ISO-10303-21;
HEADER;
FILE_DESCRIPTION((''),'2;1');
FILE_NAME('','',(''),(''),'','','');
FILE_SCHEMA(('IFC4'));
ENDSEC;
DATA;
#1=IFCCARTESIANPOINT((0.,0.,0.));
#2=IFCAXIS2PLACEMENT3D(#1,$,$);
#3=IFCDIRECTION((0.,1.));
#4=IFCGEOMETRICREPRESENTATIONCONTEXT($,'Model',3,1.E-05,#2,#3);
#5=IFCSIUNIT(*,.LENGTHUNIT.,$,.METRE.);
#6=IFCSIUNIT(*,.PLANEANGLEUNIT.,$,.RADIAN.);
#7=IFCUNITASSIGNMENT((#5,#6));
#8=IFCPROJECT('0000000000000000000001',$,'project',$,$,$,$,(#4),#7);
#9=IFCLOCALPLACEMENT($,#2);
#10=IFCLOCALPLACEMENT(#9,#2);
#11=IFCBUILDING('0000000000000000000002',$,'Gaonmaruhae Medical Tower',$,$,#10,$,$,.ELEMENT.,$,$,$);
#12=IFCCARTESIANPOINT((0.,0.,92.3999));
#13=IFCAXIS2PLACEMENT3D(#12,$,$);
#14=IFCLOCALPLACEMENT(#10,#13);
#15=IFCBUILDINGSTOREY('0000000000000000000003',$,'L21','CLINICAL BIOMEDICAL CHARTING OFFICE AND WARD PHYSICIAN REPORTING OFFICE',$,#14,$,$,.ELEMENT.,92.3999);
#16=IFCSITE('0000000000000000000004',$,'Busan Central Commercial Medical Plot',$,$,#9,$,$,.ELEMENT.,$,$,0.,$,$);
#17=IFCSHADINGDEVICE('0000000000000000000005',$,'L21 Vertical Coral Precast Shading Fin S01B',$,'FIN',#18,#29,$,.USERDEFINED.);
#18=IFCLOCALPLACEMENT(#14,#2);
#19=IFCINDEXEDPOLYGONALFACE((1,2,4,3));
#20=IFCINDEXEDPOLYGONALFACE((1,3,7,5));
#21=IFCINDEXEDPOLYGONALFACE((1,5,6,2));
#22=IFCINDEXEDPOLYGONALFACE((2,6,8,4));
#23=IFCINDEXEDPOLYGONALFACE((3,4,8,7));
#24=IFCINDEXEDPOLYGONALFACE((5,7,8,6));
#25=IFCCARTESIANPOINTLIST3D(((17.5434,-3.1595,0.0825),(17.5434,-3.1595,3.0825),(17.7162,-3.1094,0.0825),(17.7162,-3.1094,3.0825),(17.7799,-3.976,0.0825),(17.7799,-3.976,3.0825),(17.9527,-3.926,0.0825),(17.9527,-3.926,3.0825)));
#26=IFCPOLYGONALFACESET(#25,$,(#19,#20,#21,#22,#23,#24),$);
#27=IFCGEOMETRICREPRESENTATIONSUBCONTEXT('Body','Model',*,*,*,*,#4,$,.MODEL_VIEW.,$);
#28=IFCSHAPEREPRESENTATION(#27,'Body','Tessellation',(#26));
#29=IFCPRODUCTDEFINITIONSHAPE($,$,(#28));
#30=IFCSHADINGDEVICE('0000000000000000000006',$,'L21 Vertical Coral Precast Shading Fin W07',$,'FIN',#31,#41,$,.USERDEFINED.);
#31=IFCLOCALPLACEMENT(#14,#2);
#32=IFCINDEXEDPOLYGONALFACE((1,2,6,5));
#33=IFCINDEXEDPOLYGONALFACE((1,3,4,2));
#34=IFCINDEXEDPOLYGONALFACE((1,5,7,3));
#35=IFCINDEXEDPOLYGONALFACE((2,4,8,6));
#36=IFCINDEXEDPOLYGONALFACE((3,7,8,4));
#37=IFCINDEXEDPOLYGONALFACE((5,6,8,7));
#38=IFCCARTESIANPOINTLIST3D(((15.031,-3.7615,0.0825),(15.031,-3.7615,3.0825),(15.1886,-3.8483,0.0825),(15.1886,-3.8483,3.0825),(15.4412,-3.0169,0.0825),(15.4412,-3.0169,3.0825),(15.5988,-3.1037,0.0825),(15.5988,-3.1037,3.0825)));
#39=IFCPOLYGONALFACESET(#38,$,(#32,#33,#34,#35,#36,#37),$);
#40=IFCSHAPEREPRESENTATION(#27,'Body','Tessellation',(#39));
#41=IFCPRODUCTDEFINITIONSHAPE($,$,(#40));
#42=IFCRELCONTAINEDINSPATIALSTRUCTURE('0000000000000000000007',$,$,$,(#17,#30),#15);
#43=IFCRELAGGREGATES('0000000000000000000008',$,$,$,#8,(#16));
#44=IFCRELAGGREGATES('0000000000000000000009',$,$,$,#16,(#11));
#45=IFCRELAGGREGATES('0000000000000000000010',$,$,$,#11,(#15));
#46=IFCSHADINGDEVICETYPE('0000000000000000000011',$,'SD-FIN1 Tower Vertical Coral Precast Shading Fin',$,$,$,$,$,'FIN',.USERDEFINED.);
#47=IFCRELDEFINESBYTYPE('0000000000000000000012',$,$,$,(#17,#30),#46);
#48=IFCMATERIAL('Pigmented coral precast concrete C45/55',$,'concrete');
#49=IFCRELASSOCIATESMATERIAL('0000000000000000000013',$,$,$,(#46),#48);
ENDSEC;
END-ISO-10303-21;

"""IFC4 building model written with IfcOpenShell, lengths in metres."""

from ifc_helpers import new_model, si_unit, direction, frame, origin, origin_2d, place, context, subcontext, project, spatial, rectangle, extrude, material, type_object, element, save


model = new_model("IFC4")

# Units and contexts
model_context = context("Model", 3, precision=1e-05, world=origin(), true_north=direction((0.0, 1.0)))
body_context = subcontext(model_context, "Body", "Model", "MODEL_VIEW")
ifc_project = project(units=[si_unit("LENGTHUNIT", "METRE"), si_unit("PLANEANGLEUNIT", "RADIAN")], contexts=[model_context])

# Site, building, storey
site_placement = place(None, origin())
site = spatial("IfcSite", under=ifc_project, at=site_placement, Name="Busan Central Commercial Medical Plot", CompositionType="ELEMENT", RefElevation=0.0)
building_placement = place(site_placement, origin())
building = spatial("IfcBuilding", under=site, at=building_placement, Name="Gaonmaruhae Medical Tower", CompositionType="ELEMENT")
storey_placement = place(building_placement, frame((0.0, 0.0, 92.3999)))
storey = spatial("IfcBuildingStorey", under=building, at=storey_placement, Name="L21", Description="CLINICAL BIOMEDICAL CHARTING OFFICE AND WARD PHYSICIAN REPORTING OFFICE", CompositionType="ELEMENT", Elevation=92.3999)

# Shading devices
ifc_material_1 = material(Name="Pigmented coral precast concrete C45/55", Category="concrete")
shading_device_type = type_object("IfcShadingDeviceType", Name="SD-FIN1 Tower Vertical Coral Precast Shading Fin", ElementType="FIN", PredefinedType="USERDEFINED", material=ifc_material_1)
for number, where, z_axis, x_axis, name in (
    (1, (17.748, -3.5427, 0.0825), (0.0, 0.0, 1.0), (-0.960537, -0.278153, 0.0), "L21 Vertical Coral Precast Shading Fin S01B"),
    (2, (15.3149, -3.4326, 0.0825), (0.0, 0.0, 1.0), (-0.875886, 0.482518, 0.0), "L21 Vertical Coral Precast Shading Fin W07"),
):
    element("IfcShadingDevice", number, at=place(storey_placement, frame(where, z_axis=z_axis, x_axis=x_axis)), inside=storey, type_object=shading_device_type, Name=name, ObjectType="FIN", PredefinedType="USERDEFINED", context=body_context, shape_type="SweptSolid", body=[
        extrude(rectangle(XDim=0.1799, YDim=0.8501, at=origin_2d()), origin(), (0.0, 0.0, 1.0), 3.0),
    ])

save(model, "model.ifc")
